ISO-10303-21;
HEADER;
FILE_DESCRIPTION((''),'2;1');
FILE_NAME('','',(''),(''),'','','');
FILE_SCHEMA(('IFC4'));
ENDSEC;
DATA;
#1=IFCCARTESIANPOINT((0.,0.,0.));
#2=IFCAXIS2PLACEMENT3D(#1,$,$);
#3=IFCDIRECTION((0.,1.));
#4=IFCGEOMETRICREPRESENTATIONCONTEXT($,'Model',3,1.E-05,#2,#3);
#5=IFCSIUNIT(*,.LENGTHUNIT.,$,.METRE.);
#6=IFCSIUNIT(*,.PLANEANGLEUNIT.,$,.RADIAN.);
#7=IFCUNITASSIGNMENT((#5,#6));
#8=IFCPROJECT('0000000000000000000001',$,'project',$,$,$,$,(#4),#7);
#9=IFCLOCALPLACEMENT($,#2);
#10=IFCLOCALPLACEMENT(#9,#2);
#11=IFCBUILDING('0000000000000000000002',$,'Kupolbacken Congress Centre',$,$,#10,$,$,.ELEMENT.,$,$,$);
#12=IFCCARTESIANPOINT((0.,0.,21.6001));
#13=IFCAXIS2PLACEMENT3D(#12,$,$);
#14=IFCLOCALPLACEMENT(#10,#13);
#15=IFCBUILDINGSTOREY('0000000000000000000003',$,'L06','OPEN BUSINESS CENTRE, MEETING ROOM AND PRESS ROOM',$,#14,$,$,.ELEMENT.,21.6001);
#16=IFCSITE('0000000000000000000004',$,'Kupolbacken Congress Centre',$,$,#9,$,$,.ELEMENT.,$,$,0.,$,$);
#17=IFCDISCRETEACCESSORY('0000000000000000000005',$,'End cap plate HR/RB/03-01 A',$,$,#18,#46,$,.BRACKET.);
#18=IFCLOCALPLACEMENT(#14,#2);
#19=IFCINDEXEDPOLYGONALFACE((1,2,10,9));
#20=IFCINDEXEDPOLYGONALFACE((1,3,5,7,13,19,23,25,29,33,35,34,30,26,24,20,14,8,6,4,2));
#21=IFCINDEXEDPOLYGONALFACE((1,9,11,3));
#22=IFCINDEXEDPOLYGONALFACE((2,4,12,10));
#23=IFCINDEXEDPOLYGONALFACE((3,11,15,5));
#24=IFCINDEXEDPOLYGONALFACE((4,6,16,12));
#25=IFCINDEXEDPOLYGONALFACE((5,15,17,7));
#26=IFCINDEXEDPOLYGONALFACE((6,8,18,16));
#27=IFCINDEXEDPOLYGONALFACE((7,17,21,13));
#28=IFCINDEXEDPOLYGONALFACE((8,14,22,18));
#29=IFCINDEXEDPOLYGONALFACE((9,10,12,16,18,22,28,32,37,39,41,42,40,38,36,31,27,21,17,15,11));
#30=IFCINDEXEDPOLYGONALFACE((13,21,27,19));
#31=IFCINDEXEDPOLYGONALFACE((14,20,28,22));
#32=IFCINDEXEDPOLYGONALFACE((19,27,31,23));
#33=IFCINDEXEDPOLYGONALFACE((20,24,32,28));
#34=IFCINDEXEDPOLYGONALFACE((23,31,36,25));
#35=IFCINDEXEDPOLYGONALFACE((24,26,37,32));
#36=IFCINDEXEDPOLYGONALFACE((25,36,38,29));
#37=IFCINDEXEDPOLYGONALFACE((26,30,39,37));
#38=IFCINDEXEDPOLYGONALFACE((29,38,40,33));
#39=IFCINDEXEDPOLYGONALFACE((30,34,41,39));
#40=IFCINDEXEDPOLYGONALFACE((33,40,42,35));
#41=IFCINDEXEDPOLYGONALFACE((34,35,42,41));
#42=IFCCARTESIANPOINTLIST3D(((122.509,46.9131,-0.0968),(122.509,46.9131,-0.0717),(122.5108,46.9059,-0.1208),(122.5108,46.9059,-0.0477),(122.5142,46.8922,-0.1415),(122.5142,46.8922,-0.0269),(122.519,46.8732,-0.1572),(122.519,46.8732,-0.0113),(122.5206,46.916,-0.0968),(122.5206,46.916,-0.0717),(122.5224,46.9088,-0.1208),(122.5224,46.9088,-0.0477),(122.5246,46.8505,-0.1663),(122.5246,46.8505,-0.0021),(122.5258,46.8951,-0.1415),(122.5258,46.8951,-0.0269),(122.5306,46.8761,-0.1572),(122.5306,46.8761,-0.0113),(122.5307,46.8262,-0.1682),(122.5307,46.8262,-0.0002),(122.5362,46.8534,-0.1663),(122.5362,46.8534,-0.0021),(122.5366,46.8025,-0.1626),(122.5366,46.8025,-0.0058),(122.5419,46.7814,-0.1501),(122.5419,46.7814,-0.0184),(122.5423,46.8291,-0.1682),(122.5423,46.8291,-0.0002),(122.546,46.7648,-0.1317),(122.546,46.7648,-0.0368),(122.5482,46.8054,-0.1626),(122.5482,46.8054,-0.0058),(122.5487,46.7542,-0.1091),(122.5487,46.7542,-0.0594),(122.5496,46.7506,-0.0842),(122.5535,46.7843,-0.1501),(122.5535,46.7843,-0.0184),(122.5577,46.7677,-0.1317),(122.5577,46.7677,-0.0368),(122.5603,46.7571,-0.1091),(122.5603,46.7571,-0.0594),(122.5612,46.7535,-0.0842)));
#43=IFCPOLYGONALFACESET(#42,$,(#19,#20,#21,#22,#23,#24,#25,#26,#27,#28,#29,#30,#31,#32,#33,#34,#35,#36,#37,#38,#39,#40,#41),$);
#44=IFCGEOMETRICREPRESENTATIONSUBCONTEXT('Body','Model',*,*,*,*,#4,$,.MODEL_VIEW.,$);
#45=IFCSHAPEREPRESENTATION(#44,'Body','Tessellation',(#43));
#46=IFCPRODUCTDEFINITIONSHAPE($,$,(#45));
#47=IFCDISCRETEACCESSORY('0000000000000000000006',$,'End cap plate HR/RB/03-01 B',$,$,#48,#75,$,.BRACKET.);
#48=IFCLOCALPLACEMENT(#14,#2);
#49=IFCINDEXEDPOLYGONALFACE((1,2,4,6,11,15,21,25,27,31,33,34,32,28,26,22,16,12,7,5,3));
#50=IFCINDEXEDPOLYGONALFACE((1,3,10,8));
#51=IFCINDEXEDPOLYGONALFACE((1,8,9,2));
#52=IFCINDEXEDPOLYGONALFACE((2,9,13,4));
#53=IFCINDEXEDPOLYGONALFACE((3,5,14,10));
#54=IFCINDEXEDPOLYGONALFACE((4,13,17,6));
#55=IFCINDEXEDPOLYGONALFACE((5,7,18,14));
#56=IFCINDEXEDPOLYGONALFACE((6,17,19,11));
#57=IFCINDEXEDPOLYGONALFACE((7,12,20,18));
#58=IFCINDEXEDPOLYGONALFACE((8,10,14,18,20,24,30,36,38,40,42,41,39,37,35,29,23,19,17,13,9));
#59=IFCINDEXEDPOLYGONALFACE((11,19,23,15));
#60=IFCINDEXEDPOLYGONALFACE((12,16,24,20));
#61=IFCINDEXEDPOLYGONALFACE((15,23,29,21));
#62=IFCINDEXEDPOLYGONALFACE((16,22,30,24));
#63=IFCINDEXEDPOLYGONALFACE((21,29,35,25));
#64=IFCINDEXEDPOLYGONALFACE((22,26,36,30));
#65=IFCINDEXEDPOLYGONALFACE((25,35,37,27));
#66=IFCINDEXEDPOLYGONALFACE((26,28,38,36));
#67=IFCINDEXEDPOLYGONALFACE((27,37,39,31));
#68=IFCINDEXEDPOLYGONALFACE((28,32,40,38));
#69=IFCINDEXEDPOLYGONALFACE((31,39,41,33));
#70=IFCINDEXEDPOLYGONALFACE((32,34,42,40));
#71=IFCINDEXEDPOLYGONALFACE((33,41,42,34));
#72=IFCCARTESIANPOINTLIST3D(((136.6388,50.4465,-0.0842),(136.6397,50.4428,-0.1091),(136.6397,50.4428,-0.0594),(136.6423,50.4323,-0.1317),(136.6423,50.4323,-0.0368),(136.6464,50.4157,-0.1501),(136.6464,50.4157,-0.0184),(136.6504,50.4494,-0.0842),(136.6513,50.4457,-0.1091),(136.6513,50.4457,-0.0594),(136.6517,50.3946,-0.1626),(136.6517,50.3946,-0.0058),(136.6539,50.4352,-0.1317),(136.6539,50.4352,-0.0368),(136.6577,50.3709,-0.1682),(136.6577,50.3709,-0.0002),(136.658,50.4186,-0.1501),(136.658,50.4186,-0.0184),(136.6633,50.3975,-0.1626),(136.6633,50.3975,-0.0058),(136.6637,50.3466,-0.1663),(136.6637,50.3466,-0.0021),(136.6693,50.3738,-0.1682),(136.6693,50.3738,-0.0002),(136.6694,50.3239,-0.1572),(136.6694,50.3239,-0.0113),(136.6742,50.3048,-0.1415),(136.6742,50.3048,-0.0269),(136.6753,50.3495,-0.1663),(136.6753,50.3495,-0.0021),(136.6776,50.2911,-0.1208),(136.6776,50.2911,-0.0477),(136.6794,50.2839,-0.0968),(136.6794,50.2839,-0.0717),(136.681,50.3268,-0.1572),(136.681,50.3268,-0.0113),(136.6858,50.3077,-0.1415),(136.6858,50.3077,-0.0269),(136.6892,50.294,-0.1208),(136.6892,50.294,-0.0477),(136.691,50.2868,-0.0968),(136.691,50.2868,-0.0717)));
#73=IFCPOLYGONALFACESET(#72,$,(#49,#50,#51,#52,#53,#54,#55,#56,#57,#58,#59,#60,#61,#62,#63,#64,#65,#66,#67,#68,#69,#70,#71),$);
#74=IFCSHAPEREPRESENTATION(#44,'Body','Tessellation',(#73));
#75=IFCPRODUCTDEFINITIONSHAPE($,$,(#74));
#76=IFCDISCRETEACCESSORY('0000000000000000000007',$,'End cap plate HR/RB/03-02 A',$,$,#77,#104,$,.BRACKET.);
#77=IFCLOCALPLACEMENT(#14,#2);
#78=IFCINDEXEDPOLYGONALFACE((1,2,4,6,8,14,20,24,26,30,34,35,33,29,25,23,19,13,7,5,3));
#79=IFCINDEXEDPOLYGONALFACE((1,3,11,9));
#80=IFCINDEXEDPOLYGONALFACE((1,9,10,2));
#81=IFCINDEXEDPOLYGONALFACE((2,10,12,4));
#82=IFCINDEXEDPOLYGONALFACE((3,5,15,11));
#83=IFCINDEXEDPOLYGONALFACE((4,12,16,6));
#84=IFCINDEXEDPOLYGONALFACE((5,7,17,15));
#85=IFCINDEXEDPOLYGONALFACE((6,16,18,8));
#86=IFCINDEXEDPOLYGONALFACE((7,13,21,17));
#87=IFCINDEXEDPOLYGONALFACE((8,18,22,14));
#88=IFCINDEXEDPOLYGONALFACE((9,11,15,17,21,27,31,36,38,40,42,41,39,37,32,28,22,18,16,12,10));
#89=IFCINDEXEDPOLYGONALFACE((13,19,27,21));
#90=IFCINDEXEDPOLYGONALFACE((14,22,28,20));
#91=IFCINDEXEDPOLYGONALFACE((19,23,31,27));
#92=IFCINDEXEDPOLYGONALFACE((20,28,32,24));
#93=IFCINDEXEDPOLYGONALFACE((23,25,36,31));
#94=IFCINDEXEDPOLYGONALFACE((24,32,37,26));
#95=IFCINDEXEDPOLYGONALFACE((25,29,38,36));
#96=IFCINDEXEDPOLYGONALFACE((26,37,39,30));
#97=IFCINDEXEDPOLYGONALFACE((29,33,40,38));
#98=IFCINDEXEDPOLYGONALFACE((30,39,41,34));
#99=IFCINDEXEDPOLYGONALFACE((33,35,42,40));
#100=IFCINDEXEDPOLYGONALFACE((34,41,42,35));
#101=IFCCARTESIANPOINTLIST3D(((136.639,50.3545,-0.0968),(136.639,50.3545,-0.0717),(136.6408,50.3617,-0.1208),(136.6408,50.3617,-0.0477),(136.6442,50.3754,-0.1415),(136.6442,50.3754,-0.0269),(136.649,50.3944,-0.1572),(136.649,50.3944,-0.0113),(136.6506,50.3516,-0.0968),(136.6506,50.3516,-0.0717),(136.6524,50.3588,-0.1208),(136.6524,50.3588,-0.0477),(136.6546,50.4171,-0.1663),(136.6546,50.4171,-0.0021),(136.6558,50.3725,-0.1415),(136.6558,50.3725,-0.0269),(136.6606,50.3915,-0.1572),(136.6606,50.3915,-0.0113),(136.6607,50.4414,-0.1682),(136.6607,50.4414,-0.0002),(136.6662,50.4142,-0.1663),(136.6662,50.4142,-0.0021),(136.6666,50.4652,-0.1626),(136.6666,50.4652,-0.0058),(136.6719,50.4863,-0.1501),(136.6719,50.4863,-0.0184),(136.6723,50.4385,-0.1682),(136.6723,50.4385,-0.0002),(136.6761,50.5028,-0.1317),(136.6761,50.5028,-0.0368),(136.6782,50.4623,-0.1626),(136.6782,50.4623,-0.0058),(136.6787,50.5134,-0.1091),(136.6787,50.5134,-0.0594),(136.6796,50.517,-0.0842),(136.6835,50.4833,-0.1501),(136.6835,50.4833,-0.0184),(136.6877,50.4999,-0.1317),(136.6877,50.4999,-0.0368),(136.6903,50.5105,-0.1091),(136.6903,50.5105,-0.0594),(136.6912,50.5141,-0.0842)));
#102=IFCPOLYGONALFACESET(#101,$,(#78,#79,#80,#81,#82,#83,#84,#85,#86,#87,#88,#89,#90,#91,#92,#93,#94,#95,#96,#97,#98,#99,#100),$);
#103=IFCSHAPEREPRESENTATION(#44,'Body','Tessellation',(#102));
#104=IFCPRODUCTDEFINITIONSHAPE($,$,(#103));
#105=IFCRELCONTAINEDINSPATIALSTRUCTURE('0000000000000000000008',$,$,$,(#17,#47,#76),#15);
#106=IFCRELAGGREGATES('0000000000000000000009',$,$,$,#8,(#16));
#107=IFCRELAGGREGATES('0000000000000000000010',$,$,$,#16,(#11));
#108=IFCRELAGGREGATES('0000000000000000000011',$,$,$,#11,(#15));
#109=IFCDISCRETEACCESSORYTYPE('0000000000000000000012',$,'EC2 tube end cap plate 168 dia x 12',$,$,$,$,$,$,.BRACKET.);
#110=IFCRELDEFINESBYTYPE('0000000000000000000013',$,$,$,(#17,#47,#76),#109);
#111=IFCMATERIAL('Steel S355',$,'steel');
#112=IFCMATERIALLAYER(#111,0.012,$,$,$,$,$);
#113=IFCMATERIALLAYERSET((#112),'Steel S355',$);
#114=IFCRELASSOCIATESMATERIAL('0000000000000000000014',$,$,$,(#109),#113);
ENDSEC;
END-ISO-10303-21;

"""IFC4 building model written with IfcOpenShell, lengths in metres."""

from ifc_helpers import new_model, si_unit, direction, frame, origin, origin_2d, place, context, subcontext, project, spatial, circle, extrude, material, layer, layer_set, type_object, element, save


model = new_model("IFC4")

# Units and contexts
model_context = context("Model", 3, precision=1e-05, world=origin(), true_north=direction((0.0, 1.0)))
body_context = subcontext(model_context, "Body", "Model", "MODEL_VIEW")
ifc_project = project(units=[si_unit("LENGTHUNIT", "METRE"), si_unit("PLANEANGLEUNIT", "RADIAN")], contexts=[model_context])

# Site, building, storey
site_placement = place(None, origin())
site = spatial("IfcSite", under=ifc_project, at=site_placement, Name="Kupolbacken Congress Centre", CompositionType="ELEMENT", RefElevation=0.0)
building_placement = place(site_placement, origin())
building = spatial("IfcBuilding", under=site, at=building_placement, Name="Kupolbacken Congress Centre", CompositionType="ELEMENT")
storey_placement = place(building_placement, frame((0.0, 0.0, 21.6001)))
storey = spatial("IfcBuildingStorey", under=building, at=storey_placement, Name="L06", Description="OPEN BUSINESS CENTRE, MEETING ROOM AND PRESS ROOM", CompositionType="ELEMENT", Elevation=21.6001)

# Discrete accessories
ifc_material_1 = material(Name="Steel S355", Category="steel")
ifc_layer_1 = layer(ifc_material_1, 0.012)
ifc_layer_set_1 = layer_set([ifc_layer_1], Name="Steel S355")
discrete_accessory_type = type_object("IfcDiscreteAccessoryType", Name="EC2 tube end cap plate 168 dia x 12", PredefinedType="BRACKET", material=ifc_layer_set_1)
for number, where, z_axis, x_axis, name in (
    (1, (122.5408, 46.8352, -0.0842), (-0.970143, -0.242536, 0.0), (0.242536, -0.970143, 0.0), "End cap plate HR/RB/03-01 A"),
    (2, (136.6592, 50.3647, -0.0842), (0.970143, 0.242536, 0.0), (-0.242536, 0.970143, 0.0), "End cap plate HR/RB/03-01 B"),
    (3, (136.6592, 50.4353, -0.0842), (0.970143, -0.242536, 0.0), (0.242536, 0.970143, 0.0), "End cap plate HR/RB/03-02 A"),
):
    element("IfcDiscreteAccessory", number, at=place(storey_placement, frame(where, z_axis=z_axis, x_axis=x_axis)), inside=storey, type_object=discrete_accessory_type, Name=name, PredefinedType="BRACKET", context=body_context, shape_type="SweptSolid", body=[
        extrude(circle(Radius=0.0842, at=origin_2d()), origin(), (0.0, 0.0, 1.0), 0.012),
    ])

save(model, "model.ifc")
